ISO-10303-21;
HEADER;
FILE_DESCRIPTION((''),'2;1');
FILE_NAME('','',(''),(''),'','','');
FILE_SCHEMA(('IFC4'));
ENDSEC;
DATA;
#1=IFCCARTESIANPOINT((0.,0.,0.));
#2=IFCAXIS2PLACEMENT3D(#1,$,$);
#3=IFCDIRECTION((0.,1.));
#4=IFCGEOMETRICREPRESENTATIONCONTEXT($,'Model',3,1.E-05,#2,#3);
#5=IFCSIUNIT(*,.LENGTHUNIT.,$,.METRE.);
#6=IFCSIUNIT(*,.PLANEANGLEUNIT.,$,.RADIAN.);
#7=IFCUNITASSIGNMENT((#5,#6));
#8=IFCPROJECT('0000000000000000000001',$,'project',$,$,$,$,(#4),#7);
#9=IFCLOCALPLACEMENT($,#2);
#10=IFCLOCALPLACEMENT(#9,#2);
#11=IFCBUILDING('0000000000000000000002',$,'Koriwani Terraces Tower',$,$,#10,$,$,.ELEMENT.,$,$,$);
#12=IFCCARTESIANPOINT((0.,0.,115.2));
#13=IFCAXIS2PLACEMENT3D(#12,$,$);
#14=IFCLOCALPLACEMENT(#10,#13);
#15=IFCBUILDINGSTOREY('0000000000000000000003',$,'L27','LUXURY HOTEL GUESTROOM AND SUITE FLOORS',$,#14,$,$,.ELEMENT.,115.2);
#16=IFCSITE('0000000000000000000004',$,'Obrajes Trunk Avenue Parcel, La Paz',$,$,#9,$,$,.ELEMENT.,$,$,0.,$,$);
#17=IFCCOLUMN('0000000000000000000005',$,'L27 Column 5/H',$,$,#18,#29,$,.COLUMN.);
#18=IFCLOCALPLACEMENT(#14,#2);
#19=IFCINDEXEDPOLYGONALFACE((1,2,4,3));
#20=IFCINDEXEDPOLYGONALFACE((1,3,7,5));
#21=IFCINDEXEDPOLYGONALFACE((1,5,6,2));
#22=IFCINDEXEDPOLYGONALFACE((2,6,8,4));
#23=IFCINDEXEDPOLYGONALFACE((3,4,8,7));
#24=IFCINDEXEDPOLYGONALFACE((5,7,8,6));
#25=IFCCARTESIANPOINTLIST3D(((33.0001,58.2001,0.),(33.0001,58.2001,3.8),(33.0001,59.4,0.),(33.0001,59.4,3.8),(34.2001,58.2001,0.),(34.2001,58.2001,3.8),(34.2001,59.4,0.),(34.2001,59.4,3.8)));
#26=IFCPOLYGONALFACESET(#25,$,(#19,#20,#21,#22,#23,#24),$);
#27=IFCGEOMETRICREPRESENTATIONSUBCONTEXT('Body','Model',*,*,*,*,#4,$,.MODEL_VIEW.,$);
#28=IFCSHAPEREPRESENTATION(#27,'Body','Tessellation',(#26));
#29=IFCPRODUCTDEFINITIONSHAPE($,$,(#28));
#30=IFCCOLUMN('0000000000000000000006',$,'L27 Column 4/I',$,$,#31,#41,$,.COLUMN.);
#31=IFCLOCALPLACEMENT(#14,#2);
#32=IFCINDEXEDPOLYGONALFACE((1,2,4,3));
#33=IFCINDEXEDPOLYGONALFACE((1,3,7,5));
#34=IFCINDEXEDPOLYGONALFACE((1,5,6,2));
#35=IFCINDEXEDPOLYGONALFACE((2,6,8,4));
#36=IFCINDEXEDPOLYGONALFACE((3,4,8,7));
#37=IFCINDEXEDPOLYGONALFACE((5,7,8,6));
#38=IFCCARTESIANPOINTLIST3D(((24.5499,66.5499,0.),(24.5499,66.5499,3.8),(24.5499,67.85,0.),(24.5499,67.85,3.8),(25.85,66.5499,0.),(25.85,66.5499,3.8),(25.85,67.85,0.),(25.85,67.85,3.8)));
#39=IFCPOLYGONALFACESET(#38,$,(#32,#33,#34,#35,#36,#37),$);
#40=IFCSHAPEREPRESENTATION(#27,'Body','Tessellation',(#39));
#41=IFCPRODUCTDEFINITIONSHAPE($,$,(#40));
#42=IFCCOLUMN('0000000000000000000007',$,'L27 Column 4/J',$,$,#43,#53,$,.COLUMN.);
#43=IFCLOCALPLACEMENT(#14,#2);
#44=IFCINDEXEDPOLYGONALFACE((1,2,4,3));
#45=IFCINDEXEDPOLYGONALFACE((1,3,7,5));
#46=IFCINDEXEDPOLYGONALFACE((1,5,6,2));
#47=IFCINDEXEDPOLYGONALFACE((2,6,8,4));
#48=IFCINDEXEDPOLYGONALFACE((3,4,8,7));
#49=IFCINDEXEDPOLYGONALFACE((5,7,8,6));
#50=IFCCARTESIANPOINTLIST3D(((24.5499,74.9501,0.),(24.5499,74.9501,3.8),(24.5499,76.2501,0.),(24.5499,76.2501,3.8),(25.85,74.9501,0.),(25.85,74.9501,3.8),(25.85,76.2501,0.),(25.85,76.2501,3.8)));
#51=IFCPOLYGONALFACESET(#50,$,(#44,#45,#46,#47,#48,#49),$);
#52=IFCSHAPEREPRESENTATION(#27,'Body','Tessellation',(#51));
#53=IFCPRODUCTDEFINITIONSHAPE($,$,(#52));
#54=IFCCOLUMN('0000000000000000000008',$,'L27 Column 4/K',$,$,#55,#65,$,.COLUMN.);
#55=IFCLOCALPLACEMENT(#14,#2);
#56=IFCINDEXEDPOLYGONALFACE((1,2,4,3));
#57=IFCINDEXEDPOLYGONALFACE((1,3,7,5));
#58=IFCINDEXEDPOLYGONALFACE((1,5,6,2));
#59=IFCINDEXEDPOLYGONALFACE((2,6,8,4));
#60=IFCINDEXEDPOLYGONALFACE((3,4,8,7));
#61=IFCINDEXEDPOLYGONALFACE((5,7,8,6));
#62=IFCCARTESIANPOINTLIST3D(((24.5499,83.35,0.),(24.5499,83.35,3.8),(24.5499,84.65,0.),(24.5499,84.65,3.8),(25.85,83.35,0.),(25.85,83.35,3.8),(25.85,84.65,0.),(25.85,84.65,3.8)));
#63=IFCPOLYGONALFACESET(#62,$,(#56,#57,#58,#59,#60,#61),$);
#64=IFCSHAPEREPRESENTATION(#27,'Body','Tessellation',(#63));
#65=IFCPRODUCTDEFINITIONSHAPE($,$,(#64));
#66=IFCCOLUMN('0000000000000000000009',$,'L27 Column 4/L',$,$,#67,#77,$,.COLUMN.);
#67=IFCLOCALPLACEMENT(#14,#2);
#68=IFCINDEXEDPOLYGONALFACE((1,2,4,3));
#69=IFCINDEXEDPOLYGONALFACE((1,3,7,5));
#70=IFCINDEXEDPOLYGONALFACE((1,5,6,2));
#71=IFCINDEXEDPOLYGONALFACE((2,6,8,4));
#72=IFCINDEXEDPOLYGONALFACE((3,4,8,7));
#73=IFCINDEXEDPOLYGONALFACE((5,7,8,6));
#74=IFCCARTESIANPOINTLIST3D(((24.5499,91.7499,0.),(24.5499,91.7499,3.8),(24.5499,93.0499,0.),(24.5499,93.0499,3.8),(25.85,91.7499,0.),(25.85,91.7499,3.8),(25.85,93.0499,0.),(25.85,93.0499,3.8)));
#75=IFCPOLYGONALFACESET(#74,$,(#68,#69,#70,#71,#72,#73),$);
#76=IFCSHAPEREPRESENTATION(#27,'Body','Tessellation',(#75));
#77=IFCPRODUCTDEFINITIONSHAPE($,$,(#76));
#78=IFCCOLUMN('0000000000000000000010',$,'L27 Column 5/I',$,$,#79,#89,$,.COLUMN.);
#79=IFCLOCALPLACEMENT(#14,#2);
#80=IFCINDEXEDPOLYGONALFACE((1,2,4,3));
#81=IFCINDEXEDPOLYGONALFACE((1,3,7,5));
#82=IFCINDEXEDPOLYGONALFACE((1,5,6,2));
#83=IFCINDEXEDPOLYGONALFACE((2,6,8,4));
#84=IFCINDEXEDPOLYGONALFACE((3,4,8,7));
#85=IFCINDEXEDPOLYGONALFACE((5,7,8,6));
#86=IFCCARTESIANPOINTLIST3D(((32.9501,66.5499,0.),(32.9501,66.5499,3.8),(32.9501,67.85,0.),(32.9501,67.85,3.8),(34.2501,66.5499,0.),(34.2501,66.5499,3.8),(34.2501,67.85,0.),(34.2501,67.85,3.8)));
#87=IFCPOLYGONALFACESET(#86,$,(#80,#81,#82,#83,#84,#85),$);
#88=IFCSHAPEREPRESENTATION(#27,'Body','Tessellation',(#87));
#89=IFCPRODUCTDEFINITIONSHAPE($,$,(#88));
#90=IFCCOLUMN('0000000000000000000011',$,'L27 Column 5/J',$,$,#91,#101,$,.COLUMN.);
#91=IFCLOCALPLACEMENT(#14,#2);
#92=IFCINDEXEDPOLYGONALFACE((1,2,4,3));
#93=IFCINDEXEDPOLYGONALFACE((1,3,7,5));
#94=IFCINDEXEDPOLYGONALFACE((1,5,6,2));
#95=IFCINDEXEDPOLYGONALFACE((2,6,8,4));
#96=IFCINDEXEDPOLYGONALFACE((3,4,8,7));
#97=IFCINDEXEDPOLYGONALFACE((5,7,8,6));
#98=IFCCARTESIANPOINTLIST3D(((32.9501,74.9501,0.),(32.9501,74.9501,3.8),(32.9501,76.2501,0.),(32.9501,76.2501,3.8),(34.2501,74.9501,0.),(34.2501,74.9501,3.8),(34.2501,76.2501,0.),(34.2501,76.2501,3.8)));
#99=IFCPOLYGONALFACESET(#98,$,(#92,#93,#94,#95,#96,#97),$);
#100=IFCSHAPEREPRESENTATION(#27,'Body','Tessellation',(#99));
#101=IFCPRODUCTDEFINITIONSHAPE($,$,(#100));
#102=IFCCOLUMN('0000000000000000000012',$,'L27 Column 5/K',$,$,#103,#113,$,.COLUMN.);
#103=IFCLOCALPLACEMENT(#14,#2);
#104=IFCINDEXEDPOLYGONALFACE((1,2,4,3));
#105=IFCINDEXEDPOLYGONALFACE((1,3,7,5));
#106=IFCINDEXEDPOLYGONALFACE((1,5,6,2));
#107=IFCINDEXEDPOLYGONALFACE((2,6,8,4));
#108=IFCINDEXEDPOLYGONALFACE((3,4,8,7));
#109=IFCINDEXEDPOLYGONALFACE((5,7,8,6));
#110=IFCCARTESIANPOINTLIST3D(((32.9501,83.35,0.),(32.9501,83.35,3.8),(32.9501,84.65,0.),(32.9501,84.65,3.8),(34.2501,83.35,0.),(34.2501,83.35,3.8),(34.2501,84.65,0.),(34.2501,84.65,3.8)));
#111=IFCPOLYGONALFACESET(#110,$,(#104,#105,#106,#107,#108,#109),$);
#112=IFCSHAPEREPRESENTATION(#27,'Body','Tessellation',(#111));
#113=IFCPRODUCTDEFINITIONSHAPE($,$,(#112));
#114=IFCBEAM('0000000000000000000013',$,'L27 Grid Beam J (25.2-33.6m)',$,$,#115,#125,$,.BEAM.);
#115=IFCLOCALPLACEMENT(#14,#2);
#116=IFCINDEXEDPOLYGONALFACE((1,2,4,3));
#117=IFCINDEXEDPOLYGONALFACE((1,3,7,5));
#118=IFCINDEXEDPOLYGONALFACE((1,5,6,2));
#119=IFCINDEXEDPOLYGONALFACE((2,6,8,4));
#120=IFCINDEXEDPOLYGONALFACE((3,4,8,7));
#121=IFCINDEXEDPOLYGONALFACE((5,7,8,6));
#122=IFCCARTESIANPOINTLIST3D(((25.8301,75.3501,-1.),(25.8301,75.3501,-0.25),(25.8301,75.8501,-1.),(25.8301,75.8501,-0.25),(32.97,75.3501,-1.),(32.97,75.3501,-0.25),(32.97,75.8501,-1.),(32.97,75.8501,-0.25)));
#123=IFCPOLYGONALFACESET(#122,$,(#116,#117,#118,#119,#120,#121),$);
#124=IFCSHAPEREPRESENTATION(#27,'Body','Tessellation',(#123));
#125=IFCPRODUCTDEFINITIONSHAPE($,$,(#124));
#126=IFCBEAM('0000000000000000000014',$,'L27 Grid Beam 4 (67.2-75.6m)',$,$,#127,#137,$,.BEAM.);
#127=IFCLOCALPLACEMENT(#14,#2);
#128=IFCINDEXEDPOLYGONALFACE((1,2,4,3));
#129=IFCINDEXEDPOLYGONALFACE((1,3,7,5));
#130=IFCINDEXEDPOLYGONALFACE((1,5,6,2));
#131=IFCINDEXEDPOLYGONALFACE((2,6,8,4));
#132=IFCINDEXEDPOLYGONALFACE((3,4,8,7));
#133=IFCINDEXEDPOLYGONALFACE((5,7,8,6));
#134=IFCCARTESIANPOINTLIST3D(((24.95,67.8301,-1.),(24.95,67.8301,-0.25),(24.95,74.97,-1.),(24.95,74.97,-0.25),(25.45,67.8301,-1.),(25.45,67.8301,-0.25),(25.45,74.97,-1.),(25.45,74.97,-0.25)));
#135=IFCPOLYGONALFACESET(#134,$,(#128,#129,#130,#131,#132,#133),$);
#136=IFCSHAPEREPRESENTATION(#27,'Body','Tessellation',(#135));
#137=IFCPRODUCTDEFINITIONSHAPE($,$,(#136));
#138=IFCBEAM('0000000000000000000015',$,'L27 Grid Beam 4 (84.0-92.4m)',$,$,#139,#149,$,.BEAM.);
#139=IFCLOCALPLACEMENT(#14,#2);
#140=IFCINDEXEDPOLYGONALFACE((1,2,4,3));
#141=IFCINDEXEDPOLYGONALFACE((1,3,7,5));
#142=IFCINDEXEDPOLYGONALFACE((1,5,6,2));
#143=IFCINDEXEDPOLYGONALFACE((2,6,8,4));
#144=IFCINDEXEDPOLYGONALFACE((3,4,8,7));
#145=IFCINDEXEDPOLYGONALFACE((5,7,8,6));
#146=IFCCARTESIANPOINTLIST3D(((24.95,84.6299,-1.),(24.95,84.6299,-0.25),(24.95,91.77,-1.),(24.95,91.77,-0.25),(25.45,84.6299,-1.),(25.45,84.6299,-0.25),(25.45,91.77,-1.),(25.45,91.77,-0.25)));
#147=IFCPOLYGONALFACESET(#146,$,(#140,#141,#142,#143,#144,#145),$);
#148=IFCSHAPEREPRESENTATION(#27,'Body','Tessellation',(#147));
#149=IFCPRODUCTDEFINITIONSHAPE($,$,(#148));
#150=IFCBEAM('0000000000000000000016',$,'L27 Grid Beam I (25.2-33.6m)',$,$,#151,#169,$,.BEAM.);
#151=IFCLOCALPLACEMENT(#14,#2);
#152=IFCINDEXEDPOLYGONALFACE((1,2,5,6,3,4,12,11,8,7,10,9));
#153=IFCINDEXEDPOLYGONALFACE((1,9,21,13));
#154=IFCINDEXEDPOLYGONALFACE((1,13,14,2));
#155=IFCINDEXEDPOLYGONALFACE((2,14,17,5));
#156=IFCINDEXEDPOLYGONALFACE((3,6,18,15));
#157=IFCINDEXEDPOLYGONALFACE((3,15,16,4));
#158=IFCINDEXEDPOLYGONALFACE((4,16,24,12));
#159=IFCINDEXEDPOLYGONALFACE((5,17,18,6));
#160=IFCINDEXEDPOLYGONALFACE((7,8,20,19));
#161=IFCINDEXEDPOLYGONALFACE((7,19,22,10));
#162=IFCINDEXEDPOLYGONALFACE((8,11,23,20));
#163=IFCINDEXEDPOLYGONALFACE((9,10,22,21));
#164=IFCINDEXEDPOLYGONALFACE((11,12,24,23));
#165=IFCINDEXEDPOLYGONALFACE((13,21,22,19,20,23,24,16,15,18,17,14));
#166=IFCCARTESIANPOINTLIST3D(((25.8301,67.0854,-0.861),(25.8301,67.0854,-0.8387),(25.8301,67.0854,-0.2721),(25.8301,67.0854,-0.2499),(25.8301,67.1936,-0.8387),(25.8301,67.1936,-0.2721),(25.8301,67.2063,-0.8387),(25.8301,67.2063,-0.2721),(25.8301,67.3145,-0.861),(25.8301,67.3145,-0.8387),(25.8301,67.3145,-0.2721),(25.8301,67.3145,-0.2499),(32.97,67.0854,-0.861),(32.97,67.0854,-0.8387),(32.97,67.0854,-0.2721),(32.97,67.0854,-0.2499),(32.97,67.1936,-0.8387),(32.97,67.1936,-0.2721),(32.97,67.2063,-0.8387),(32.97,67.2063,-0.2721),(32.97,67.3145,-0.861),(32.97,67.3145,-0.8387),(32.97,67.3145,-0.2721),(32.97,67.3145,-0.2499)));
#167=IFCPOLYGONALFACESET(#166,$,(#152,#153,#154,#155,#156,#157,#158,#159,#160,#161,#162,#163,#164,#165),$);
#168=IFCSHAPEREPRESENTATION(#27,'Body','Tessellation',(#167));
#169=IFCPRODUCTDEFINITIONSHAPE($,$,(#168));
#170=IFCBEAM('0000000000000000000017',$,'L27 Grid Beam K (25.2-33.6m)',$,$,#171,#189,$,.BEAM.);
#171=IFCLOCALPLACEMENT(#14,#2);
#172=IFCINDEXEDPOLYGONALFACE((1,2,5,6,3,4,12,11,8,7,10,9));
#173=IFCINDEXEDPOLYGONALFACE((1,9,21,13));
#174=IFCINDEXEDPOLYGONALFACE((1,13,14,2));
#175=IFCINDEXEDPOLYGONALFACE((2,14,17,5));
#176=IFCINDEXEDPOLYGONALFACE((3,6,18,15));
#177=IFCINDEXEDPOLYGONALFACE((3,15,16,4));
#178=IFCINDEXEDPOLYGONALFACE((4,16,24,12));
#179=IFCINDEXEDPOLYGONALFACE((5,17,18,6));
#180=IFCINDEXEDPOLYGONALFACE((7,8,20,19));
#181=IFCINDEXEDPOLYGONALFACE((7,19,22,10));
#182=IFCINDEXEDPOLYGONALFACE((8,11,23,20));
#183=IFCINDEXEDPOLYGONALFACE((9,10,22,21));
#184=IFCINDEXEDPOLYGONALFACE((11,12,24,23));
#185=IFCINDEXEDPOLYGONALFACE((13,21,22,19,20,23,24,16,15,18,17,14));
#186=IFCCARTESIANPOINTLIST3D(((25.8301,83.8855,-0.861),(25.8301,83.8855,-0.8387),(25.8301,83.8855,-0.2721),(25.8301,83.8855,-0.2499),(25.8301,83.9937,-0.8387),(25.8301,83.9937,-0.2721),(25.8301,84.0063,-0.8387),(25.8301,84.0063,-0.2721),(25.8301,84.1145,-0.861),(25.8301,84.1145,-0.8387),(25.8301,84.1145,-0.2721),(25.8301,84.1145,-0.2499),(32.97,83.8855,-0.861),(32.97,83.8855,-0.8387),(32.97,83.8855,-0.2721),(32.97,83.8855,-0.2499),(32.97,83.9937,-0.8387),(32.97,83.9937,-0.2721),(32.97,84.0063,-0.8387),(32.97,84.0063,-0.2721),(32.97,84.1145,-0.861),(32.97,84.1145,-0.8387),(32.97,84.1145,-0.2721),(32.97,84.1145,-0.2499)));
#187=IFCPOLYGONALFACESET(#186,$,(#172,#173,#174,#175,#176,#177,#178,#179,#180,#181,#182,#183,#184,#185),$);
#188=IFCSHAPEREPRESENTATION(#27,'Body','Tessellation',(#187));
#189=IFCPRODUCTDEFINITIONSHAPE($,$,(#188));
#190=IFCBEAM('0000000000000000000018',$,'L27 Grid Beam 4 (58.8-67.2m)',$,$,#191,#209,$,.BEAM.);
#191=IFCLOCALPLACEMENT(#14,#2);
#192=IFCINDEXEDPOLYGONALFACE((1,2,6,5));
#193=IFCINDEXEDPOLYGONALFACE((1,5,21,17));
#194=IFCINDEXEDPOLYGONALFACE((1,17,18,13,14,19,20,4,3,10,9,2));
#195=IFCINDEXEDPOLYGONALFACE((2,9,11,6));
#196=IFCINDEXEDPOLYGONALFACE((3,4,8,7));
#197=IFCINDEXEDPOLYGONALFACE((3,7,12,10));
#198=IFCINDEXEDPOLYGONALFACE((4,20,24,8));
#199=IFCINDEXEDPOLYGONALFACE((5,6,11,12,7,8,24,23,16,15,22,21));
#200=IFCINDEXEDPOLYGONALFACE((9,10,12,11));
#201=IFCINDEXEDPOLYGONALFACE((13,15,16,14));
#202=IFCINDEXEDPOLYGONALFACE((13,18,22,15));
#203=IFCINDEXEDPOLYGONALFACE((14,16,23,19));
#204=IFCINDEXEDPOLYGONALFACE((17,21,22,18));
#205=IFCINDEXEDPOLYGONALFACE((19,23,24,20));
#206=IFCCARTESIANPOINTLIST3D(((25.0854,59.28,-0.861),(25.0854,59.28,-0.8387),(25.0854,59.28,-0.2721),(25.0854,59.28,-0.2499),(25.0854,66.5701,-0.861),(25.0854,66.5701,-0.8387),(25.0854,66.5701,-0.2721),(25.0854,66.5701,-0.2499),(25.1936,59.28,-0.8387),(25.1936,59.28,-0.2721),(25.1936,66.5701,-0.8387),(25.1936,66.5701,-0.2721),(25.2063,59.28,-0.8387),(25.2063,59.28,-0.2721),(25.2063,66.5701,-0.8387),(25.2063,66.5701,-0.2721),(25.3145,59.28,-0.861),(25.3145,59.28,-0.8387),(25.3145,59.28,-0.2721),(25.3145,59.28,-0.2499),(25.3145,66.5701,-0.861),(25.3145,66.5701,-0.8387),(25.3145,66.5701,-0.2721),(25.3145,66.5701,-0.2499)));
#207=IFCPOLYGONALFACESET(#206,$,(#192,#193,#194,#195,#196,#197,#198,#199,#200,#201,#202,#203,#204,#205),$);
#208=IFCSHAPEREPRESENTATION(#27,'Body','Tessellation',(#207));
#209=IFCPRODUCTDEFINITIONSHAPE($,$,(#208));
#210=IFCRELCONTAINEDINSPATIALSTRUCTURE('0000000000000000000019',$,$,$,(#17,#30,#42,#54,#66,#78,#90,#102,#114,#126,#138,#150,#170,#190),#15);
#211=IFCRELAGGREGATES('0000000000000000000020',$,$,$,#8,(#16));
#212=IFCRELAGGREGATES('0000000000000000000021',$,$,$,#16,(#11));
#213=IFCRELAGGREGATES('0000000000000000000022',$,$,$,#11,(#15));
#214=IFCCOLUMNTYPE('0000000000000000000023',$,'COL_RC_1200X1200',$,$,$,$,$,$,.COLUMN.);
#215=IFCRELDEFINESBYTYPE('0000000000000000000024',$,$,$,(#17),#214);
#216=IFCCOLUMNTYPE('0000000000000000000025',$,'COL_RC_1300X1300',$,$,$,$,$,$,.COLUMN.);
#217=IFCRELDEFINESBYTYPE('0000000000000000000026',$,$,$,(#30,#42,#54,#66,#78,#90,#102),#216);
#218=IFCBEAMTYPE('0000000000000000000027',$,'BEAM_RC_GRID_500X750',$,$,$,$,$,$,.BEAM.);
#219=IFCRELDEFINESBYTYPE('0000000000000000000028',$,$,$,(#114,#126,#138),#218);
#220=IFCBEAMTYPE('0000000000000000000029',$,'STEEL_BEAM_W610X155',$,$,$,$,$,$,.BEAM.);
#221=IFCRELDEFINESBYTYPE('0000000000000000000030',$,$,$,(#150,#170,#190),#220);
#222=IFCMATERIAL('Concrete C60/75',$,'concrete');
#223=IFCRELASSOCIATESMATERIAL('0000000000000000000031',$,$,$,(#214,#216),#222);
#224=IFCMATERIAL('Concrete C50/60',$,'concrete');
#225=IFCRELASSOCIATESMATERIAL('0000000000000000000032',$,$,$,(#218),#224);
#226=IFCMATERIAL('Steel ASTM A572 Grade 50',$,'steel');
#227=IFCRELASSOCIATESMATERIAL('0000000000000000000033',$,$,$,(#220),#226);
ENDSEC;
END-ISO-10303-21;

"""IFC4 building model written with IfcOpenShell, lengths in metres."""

from ifc_helpers import new_model, si_unit, direction, frame, origin, origin_2d, place, context, subcontext, project, spatial, rectangle, i_section, extrude, material, material_profile, profile_set, type_object, element, save


model = new_model("IFC4")

# Units and contexts
model_context = context("Model", 3, precision=1e-05, world=origin(), true_north=direction((0.0, 1.0)))
body_context = subcontext(model_context, "Body", "Model", "MODEL_VIEW")
ifc_project = project(units=[si_unit("LENGTHUNIT", "METRE"), si_unit("PLANEANGLEUNIT", "RADIAN")], contexts=[model_context])

# Site, building, storey
site_placement = place(None, origin())
site = spatial("IfcSite", under=ifc_project, at=site_placement, Name="Obrajes Trunk Avenue Parcel, La Paz", CompositionType="ELEMENT", RefElevation=0.0)
building_placement = place(site_placement, origin())
building = spatial("IfcBuilding", under=site, at=building_placement, Name="Koriwani Terraces Tower", CompositionType="ELEMENT")
storey_placement = place(building_placement, frame((0.0, 0.0, 115.2)))
storey = spatial("IfcBuildingStorey", under=building, at=storey_placement, Name="L27", Description="LUXURY HOTEL GUESTROOM AND SUITE FLOORS", CompositionType="ELEMENT", Elevation=115.2)

# Columns
ifc_material_1 = material(Name="Concrete C60/75", Category="concrete")
ifc_material_profile_1 = material_profile(ifc_material_1, rectangle(XDim=1.2, YDim=1.2, at=origin_2d()), Name="Concrete C60/75", Category="LoadBearing")
ifc_profile_set_1 = profile_set([ifc_material_profile_1], Name="Concrete C60/75")
column_type_1 = type_object("IfcColumnType", Name="COL_RC_1200X1200", PredefinedType="COLUMN", material=ifc_profile_set_1)
column_placement = place(storey_placement, frame((33.6001, 58.8, 0.0), z_axis=(0.0, 0.0, 1.0), x_axis=(1.0, 0.0, 0.0)))
element("IfcColumn", 1, at=column_placement, inside=storey, type_object=column_type_1, Name="L27 Column 5/H", PredefinedType="COLUMN", context=body_context, shape_type="SweptSolid", body=[
    extrude(rectangle(XDim=1.2, YDim=1.2, at=origin_2d()), origin(), (0.0, 0.0, 1.0), 3.8),
])
ifc_material_profile_2 = material_profile(ifc_material_1, rectangle(XDim=1.3, YDim=1.3, at=origin_2d()), Name="Concrete C60/75", Category="LoadBearing")
ifc_profile_set_2 = profile_set([ifc_material_profile_2], Name="Concrete C60/75")
column_type_2 = type_object("IfcColumnType", Name="COL_RC_1300X1300", PredefinedType="COLUMN", material=ifc_profile_set_2)
for number, where, z_axis, x_axis, name in (
    (2, (25.2, 67.2, 0.0), (0.0, 0.0, 1.0), (1.0, 0.0, 0.0), "L27 Column 4/I"),
    (3, (25.2, 75.6001, 0.0), (0.0, 0.0, 1.0), (1.0, 0.0, 0.0), "L27 Column 4/J"),
    (4, (25.2, 84.0, 0.0), (0.0, 0.0, 1.0), (1.0, 0.0, 0.0), "L27 Column 4/K"),
    (5, (25.2, 92.3999, 0.0), (0.0, 0.0, 1.0), (1.0, 0.0, 0.0), "L27 Column 4/L"),
    (6, (33.6001, 67.2, 0.0), (0.0, 0.0, 1.0), (1.0, 0.0, 0.0), "L27 Column 5/I"),
    (7, (33.6001, 75.6001, 0.0), (0.0, 0.0, 1.0), (1.0, 0.0, 0.0), "L27 Column 5/J"),
    (8, (33.6001, 84.0, 0.0), (0.0, 0.0, 1.0), (1.0, 0.0, 0.0), "L27 Column 5/K"),
):
    element("IfcColumn", number, at=place(storey_placement, frame(where, z_axis=z_axis, x_axis=x_axis)), inside=storey, type_object=column_type_2, Name=name, PredefinedType="COLUMN", context=body_context, shape_type="SweptSolid", body=[
        extrude(rectangle(XDim=1.3, YDim=1.3, at=origin_2d()), origin(), (0.0, 0.0, 1.0), 3.8),
    ])

# Beams
ifc_material_2 = material(Name="Concrete C50/60", Category="concrete")
ifc_material_profile_3 = material_profile(ifc_material_2, rectangle(XDim=0.5, YDim=0.75, at=origin_2d()), Name="Concrete C50/60", Category="LoadBearing")
ifc_profile_set_3 = profile_set([ifc_material_profile_3], Name="Concrete C50/60")
beam_type_1 = type_object("IfcBeamType", Name="BEAM_RC_GRID_500X750", PredefinedType="BEAM", material=ifc_profile_set_3)
for number, where, z_axis, x_axis, name in (
    (9, (25.8301, 75.6001, -0.625), (1.0, 0.0, 0.0), (0.0, 1.0, 0.0), "L27 Grid Beam J (25.2-33.6m)"),
    (10, (25.2, 67.8301, -0.625), (0.0, 1.0, 0.0), (-1.0, 0.0, 0.0), "L27 Grid Beam 4 (67.2-75.6m)"),
):
    element("IfcBeam", number, at=place(storey_placement, frame(where, z_axis=z_axis, x_axis=x_axis)), inside=storey, type_object=beam_type_1, Name=name, PredefinedType="BEAM", context=body_context, shape_type="SweptSolid", body=[
        extrude(rectangle(XDim=0.5, YDim=0.75, at=origin_2d()), origin(), (0.0, 0.0, 1.0), 7.1399),
    ])
beam_1_placement = place(storey_placement, frame((25.2, 84.6299, -0.625), z_axis=(0.0, 1.0, 0.0), x_axis=(-1.0, 0.0, 0.0)))
element("IfcBeam", 11, at=beam_1_placement, inside=storey, type_object=beam_type_1, Name="L27 Grid Beam 4 (84.0-92.4m)", PredefinedType="BEAM", context=body_context, shape_type="SweptSolid", body=[
    extrude(rectangle(XDim=0.5, YDim=0.75, at=origin_2d()), origin(), (0.0, 0.0, 1.0), 7.1401),
])
ifc_material_3 = material(Name="Steel ASTM A572 Grade 50", Category="steel")
ifc_material_profile_4 = material_profile(ifc_material_3, i_section(OverallWidth=0.229, OverallDepth=0.6111, WebThickness=0.0127, FlangeThickness=0.0222, at=origin_2d()), Name="Steel ASTM A572 Grade 50", Category="LoadBearing")
ifc_profile_set_4 = profile_set([ifc_material_profile_4], Name="Steel ASTM A572 Grade 50")
beam_type_2 = type_object("IfcBeamType", Name="STEEL_BEAM_W610X155", PredefinedType="BEAM", material=ifc_profile_set_4)
for number, where, z_axis, x_axis, name in (
    (12, (25.8301, 67.2, -0.5554), (1.0, 0.0, 0.0), (0.0, 1.0, 0.0), "L27 Grid Beam I (25.2-33.6m)"),
    (13, (25.8301, 84.0, -0.5554), (1.0, 0.0, 0.0), (0.0, 1.0, 0.0), "L27 Grid Beam K (25.2-33.6m)"),
):
    element("IfcBeam", number, at=place(storey_placement, frame(where, z_axis=z_axis, x_axis=x_axis)), inside=storey, type_object=beam_type_2, Name=name, PredefinedType="BEAM", context=body_context, shape_type="SweptSolid", body=[
        extrude(i_section(OverallWidth=0.229, OverallDepth=0.6111, WebThickness=0.0127, FlangeThickness=0.0222, at=origin_2d()), origin(), (0.0, 0.0, 1.0), 7.1399),
    ])
beam_2_placement = place(storey_placement, frame((25.2, 59.28, -0.5554), z_axis=(0.0, 1.0, 0.0), x_axis=(-1.0, 0.0, 0.0)))
element("IfcBeam", 14, at=beam_2_placement, inside=storey, type_object=beam_type_2, Name="L27 Grid Beam 4 (58.8-67.2m)", PredefinedType="BEAM", context=body_context, shape_type="SweptSolid", body=[
    extrude(i_section(OverallWidth=0.229, OverallDepth=0.6111, WebThickness=0.0127, FlangeThickness=0.0222, at=origin_2d()), origin(), (0.0, 0.0, 1.0), 7.29),
])

save(model, "model.ifc")
